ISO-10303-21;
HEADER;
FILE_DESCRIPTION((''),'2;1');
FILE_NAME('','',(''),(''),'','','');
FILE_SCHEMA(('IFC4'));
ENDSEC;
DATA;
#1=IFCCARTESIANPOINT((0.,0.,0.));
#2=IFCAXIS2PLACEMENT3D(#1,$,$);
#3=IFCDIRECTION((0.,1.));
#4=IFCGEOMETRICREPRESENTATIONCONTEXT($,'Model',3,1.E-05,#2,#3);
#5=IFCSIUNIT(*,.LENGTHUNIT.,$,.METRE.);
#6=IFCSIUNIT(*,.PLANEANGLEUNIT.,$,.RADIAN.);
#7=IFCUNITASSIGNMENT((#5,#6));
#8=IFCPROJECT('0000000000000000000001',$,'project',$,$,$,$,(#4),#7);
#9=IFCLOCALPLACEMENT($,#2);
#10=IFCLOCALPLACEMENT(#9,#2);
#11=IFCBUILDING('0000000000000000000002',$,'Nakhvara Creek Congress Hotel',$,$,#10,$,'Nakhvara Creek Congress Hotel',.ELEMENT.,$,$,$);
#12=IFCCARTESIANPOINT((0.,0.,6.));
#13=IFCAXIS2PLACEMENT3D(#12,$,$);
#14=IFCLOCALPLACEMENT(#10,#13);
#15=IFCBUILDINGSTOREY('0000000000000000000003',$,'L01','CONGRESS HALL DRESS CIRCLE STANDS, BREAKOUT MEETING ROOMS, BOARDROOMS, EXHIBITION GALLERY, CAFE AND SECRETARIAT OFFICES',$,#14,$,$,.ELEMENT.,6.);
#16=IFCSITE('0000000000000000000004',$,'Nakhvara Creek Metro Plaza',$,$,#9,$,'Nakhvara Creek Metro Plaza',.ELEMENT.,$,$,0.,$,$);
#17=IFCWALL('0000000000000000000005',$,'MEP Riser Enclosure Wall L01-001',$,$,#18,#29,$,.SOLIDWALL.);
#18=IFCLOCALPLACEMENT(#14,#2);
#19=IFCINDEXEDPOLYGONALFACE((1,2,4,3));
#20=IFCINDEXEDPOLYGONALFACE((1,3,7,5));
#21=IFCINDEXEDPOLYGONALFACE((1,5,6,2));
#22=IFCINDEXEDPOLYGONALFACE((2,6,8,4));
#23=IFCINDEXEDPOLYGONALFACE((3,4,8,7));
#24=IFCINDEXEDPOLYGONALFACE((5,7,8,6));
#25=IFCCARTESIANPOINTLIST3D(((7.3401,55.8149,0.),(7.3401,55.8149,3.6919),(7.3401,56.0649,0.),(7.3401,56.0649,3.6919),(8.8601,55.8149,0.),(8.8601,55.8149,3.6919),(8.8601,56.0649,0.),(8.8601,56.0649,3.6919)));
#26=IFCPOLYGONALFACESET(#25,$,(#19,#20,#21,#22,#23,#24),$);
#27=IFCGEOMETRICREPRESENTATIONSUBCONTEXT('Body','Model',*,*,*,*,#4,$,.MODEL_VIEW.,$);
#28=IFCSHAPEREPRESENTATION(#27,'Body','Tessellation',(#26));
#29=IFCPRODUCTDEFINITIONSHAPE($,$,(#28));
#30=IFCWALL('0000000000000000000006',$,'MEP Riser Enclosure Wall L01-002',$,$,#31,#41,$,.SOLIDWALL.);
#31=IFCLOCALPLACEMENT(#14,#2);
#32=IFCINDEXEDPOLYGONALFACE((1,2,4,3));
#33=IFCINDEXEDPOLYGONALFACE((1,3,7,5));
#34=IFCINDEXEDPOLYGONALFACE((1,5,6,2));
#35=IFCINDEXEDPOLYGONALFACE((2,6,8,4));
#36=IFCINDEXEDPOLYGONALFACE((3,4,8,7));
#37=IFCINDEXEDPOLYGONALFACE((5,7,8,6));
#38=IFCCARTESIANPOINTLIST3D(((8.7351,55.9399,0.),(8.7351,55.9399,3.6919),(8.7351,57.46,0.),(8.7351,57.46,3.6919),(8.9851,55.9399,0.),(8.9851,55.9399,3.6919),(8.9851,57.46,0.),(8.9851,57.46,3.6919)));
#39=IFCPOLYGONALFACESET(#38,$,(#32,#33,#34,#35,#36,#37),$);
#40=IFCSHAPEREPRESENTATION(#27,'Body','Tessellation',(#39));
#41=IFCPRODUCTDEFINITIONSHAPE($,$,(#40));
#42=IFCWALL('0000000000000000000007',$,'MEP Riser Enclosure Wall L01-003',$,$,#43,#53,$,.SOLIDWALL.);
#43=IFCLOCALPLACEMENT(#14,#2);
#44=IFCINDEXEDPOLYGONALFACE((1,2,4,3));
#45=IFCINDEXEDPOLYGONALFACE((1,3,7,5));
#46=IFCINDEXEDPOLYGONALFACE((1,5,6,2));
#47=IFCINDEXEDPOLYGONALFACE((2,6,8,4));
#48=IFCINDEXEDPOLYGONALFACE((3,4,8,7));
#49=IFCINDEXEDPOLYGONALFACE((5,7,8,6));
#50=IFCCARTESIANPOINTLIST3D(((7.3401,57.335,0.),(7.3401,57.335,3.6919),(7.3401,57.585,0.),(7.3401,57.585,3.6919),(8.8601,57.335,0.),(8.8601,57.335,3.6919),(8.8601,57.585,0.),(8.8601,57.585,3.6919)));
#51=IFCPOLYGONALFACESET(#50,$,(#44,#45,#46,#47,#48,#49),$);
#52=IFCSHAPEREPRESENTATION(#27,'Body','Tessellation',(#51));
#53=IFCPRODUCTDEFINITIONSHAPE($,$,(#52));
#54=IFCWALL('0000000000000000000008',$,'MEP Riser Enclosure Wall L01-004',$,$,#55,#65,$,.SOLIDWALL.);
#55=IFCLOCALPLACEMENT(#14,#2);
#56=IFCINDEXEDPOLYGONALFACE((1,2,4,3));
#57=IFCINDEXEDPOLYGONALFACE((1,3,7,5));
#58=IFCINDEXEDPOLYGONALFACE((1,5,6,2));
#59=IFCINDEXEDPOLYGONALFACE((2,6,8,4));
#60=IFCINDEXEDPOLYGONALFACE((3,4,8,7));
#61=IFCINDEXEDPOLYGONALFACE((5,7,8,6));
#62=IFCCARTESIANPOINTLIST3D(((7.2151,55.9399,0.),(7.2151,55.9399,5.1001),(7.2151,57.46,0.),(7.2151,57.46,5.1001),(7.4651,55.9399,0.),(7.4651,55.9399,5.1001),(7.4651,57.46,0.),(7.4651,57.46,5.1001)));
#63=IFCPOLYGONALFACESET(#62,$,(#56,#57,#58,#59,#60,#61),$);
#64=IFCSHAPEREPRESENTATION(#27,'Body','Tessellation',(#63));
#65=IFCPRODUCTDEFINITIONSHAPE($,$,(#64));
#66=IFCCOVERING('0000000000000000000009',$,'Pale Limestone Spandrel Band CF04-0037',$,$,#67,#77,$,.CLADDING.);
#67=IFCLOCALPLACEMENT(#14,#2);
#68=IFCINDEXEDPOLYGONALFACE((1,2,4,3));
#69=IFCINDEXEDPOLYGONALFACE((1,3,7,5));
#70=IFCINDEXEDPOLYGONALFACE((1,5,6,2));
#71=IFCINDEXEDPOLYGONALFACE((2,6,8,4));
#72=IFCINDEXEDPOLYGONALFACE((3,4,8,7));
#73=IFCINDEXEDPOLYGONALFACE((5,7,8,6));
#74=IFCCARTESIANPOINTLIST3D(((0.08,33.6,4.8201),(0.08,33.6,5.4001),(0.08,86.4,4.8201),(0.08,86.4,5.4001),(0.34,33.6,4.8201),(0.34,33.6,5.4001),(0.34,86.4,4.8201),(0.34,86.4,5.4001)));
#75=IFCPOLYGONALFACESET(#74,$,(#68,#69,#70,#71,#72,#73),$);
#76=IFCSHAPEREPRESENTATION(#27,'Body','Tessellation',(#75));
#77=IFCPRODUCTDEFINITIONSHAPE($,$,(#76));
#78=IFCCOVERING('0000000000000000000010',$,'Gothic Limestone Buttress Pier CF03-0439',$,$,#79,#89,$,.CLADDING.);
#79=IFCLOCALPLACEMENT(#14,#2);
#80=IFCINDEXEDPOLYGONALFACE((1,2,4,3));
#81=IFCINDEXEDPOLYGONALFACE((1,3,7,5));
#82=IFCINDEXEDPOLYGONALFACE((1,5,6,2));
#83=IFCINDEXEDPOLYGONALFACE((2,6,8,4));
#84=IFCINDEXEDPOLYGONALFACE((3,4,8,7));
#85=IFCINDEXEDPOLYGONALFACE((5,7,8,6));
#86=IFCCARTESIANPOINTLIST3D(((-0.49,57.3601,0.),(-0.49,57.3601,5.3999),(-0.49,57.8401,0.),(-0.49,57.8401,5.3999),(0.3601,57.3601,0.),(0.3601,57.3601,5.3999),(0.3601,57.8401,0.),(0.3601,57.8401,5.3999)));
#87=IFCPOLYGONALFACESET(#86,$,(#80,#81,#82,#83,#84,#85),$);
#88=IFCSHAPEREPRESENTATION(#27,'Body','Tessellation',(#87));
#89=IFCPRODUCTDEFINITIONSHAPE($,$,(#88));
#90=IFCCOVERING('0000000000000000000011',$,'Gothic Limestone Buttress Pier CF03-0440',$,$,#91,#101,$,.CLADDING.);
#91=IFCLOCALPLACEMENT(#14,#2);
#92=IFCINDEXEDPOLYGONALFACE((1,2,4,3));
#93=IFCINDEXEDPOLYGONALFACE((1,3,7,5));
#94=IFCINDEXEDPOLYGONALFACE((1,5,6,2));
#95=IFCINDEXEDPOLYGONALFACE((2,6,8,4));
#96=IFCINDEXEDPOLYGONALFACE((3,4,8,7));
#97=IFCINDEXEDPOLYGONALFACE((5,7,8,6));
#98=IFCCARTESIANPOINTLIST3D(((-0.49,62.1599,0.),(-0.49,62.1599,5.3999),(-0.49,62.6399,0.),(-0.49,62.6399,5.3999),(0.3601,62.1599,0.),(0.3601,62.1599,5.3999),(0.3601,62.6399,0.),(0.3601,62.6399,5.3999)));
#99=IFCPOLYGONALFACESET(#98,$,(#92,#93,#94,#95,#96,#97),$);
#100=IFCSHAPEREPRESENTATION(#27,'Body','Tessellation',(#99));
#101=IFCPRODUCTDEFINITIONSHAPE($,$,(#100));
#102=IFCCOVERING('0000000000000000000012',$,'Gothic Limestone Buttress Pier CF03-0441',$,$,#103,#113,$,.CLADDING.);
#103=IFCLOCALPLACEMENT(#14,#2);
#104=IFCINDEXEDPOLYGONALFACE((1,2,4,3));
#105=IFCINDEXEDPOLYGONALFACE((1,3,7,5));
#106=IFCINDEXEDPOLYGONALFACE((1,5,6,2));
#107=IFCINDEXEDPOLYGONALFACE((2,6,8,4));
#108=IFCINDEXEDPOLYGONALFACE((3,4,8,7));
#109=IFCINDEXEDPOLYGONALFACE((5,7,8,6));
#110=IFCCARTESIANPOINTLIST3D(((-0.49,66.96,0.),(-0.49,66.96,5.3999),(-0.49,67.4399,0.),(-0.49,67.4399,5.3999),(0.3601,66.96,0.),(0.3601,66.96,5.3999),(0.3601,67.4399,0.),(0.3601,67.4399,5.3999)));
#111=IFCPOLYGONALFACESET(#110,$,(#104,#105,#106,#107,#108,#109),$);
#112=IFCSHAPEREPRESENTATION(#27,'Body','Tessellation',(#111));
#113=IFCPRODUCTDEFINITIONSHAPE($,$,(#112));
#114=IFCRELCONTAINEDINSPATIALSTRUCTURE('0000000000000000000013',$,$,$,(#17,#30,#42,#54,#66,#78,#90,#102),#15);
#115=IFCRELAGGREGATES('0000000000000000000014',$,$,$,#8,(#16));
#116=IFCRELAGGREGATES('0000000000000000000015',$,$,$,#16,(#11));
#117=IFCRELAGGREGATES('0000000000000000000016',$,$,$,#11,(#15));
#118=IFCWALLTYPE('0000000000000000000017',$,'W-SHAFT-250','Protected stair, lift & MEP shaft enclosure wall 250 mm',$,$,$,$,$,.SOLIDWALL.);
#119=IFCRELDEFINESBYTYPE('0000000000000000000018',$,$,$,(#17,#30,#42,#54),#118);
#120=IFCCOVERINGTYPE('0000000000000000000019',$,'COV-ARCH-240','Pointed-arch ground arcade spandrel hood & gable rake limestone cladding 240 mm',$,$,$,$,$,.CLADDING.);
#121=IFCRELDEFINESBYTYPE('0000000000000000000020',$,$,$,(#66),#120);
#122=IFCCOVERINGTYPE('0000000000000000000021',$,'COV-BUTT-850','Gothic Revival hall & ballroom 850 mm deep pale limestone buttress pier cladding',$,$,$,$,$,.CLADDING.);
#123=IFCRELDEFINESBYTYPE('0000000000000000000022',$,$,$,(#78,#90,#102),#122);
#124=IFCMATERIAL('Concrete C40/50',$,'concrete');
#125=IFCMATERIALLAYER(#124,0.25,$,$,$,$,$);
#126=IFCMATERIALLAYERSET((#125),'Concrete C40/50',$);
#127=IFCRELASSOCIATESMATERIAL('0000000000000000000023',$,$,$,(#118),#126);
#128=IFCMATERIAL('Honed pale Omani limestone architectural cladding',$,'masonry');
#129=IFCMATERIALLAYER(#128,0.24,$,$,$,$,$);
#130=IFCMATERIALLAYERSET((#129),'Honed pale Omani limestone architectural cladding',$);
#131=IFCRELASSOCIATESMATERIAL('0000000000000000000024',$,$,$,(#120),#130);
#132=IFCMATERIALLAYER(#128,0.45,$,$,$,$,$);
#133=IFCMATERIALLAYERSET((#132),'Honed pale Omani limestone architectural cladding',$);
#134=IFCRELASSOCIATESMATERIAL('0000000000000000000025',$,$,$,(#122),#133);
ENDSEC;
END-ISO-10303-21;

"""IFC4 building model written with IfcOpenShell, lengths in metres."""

from ifc_helpers import new_model, si_unit, direction, frame, frame_2d, origin, origin_2d, place, context, subcontext, project, spatial, rectangle, extrude, material, layer, layer_set, type_object, element, save


model = new_model("IFC4")

# Units and contexts
model_context = context("Model", 3, precision=1e-05, world=origin(), true_north=direction((0.0, 1.0)))
body_context = subcontext(model_context, "Body", "Model", "MODEL_VIEW")
ifc_project = project(units=[si_unit("LENGTHUNIT", "METRE"), si_unit("PLANEANGLEUNIT", "RADIAN")], contexts=[model_context])

# Site, building, storey
site_placement = place(None, origin())
site = spatial("IfcSite", under=ifc_project, at=site_placement, Name="Nakhvara Creek Metro Plaza", LongName="Nakhvara Creek Metro Plaza", CompositionType="ELEMENT", RefElevation=0.0)
building_placement = place(site_placement, origin())
building = spatial("IfcBuilding", under=site, at=building_placement, Name="Nakhvara Creek Congress Hotel", LongName="Nakhvara Creek Congress Hotel", CompositionType="ELEMENT")
storey_placement = place(building_placement, frame((0.0, 0.0, 6.0)))
storey = spatial("IfcBuildingStorey", under=building, at=storey_placement, Name="L01", Description="CONGRESS HALL DRESS CIRCLE STANDS, BREAKOUT MEETING ROOMS, BOARDROOMS, EXHIBITION GALLERY, CAFE AND SECRETARIAT OFFICES", CompositionType="ELEMENT", Elevation=6.0)

# Shared definitions
ifc_material_1 = material(Name="Concrete C40/50", Category="concrete")

# Walls
ifc_layer_1 = layer(ifc_material_1, 0.25)
ifc_layer_set_1 = layer_set([ifc_layer_1], Name="Concrete C40/50")
wall_type = type_object("IfcWallType", Name="W-SHAFT-250", Description="Protected stair, lift & MEP shaft enclosure wall 250 mm", PredefinedType="SOLIDWALL", material=ifc_layer_set_1)
for number, where, z_axis, x_axis, name in (
    (1, (7.3401, 55.9399, 0.0), (0.0, 0.0, 1.0), (1.0, 0.0, 0.0), "MEP Riser Enclosure Wall L01-001"),
    (2, (8.8601, 55.9399, 0.0), (0.0, 0.0, 1.0), (0.0, 1.0, 0.0), "MEP Riser Enclosure Wall L01-002"),
    (3, (8.8601, 57.46, 0.0), (0.0, 0.0, 1.0), (-1.0, 0.0, 0.0), "MEP Riser Enclosure Wall L01-003"),
):
    element("IfcWall", number, at=place(storey_placement, frame(where, z_axis=z_axis, x_axis=x_axis)), inside=storey, type_object=wall_type, Name=name, PredefinedType="SOLIDWALL", context=body_context, shape_type="SweptSolid", body=[
        extrude(rectangle(XDim=1.52, YDim=0.25, at=frame_2d((0.76, 0.0))), origin(), (0.0, 0.0, 1.0), 3.6919),
    ])
wall_1_placement = place(storey_placement, frame((7.3401, 57.46, 0.0), z_axis=(0.0, 0.0, 1.0), x_axis=(0.0, -1.0, 0.0)))
element("IfcWall", 4, at=wall_1_placement, inside=storey, type_object=wall_type, Name="MEP Riser Enclosure Wall L01-004", PredefinedType="SOLIDWALL", context=body_context, shape_type="SweptSolid", body=[
    extrude(rectangle(XDim=1.52, YDim=0.25, at=frame_2d((0.76, 0.0))), origin(), (0.0, 0.0, 1.0), 5.1001),
])

# Coverings
ifc_material_2 = material(Name="Honed pale Omani limestone architectural cladding", Category="masonry")
ifc_layer_2 = layer(ifc_material_2, 0.24)
ifc_layer_set_2 = layer_set([ifc_layer_2], Name="Honed pale Omani limestone architectural cladding")
covering_type_1 = type_object("IfcCoveringType", Name="COV-ARCH-240", Description="Pointed-arch ground arcade spandrel hood & gable rake limestone cladding 240 mm", PredefinedType="CLADDING", material=ifc_layer_set_2)
covering_placement = place(storey_placement, frame((0.21, 60.0, 4.8201), z_axis=(0.0, 0.0, 1.0), x_axis=(0.0, 1.0, 0.0)))
element("IfcCovering", 5, at=covering_placement, inside=storey, type_object=covering_type_1, Name="Pale Limestone Spandrel Band CF04-0037", PredefinedType="CLADDING", context=body_context, shape_type="SweptSolid", body=[
    extrude(rectangle(XDim=52.8, YDim=0.26, at=origin_2d()), origin(), (0.0, 0.0, 1.0), 0.5801),
])
ifc_layer_3 = layer(ifc_material_2, 0.45)
ifc_layer_set_3 = layer_set([ifc_layer_3], Name="Honed pale Omani limestone architectural cladding")
covering_type_2 = type_object("IfcCoveringType", Name="COV-BUTT-850", Description="Gothic Revival hall & ballroom 850 mm deep pale limestone buttress pier cladding", PredefinedType="CLADDING", material=ifc_layer_set_3)
for number, where, z_axis, x_axis, name in (
    (6, (-0.0649, 57.6001, 0.0), (0.0, 0.0, 1.0), (0.0, 1.0, 0.0), "Gothic Limestone Buttress Pier CF03-0439"),
    (7, (-0.0649, 62.3999, 0.0), (0.0, 0.0, 1.0), (0.0, 1.0, 0.0), "Gothic Limestone Buttress Pier CF03-0440"),
    (8, (-0.0649, 67.2, 0.0), (0.0, 0.0, 1.0), (0.0, 1.0, 0.0), "Gothic Limestone Buttress Pier CF03-0441"),
):
    element("IfcCovering", number, at=place(storey_placement, frame(where, z_axis=z_axis, x_axis=x_axis)), inside=storey, type_object=covering_type_2, Name=name, PredefinedType="CLADDING", context=body_context, shape_type="SweptSolid", body=[
        extrude(rectangle(XDim=0.48, YDim=0.8501, at=origin_2d()), origin(), (0.0, 0.0, 1.0), 5.3999),
    ])

save(model, "model.ifc")
